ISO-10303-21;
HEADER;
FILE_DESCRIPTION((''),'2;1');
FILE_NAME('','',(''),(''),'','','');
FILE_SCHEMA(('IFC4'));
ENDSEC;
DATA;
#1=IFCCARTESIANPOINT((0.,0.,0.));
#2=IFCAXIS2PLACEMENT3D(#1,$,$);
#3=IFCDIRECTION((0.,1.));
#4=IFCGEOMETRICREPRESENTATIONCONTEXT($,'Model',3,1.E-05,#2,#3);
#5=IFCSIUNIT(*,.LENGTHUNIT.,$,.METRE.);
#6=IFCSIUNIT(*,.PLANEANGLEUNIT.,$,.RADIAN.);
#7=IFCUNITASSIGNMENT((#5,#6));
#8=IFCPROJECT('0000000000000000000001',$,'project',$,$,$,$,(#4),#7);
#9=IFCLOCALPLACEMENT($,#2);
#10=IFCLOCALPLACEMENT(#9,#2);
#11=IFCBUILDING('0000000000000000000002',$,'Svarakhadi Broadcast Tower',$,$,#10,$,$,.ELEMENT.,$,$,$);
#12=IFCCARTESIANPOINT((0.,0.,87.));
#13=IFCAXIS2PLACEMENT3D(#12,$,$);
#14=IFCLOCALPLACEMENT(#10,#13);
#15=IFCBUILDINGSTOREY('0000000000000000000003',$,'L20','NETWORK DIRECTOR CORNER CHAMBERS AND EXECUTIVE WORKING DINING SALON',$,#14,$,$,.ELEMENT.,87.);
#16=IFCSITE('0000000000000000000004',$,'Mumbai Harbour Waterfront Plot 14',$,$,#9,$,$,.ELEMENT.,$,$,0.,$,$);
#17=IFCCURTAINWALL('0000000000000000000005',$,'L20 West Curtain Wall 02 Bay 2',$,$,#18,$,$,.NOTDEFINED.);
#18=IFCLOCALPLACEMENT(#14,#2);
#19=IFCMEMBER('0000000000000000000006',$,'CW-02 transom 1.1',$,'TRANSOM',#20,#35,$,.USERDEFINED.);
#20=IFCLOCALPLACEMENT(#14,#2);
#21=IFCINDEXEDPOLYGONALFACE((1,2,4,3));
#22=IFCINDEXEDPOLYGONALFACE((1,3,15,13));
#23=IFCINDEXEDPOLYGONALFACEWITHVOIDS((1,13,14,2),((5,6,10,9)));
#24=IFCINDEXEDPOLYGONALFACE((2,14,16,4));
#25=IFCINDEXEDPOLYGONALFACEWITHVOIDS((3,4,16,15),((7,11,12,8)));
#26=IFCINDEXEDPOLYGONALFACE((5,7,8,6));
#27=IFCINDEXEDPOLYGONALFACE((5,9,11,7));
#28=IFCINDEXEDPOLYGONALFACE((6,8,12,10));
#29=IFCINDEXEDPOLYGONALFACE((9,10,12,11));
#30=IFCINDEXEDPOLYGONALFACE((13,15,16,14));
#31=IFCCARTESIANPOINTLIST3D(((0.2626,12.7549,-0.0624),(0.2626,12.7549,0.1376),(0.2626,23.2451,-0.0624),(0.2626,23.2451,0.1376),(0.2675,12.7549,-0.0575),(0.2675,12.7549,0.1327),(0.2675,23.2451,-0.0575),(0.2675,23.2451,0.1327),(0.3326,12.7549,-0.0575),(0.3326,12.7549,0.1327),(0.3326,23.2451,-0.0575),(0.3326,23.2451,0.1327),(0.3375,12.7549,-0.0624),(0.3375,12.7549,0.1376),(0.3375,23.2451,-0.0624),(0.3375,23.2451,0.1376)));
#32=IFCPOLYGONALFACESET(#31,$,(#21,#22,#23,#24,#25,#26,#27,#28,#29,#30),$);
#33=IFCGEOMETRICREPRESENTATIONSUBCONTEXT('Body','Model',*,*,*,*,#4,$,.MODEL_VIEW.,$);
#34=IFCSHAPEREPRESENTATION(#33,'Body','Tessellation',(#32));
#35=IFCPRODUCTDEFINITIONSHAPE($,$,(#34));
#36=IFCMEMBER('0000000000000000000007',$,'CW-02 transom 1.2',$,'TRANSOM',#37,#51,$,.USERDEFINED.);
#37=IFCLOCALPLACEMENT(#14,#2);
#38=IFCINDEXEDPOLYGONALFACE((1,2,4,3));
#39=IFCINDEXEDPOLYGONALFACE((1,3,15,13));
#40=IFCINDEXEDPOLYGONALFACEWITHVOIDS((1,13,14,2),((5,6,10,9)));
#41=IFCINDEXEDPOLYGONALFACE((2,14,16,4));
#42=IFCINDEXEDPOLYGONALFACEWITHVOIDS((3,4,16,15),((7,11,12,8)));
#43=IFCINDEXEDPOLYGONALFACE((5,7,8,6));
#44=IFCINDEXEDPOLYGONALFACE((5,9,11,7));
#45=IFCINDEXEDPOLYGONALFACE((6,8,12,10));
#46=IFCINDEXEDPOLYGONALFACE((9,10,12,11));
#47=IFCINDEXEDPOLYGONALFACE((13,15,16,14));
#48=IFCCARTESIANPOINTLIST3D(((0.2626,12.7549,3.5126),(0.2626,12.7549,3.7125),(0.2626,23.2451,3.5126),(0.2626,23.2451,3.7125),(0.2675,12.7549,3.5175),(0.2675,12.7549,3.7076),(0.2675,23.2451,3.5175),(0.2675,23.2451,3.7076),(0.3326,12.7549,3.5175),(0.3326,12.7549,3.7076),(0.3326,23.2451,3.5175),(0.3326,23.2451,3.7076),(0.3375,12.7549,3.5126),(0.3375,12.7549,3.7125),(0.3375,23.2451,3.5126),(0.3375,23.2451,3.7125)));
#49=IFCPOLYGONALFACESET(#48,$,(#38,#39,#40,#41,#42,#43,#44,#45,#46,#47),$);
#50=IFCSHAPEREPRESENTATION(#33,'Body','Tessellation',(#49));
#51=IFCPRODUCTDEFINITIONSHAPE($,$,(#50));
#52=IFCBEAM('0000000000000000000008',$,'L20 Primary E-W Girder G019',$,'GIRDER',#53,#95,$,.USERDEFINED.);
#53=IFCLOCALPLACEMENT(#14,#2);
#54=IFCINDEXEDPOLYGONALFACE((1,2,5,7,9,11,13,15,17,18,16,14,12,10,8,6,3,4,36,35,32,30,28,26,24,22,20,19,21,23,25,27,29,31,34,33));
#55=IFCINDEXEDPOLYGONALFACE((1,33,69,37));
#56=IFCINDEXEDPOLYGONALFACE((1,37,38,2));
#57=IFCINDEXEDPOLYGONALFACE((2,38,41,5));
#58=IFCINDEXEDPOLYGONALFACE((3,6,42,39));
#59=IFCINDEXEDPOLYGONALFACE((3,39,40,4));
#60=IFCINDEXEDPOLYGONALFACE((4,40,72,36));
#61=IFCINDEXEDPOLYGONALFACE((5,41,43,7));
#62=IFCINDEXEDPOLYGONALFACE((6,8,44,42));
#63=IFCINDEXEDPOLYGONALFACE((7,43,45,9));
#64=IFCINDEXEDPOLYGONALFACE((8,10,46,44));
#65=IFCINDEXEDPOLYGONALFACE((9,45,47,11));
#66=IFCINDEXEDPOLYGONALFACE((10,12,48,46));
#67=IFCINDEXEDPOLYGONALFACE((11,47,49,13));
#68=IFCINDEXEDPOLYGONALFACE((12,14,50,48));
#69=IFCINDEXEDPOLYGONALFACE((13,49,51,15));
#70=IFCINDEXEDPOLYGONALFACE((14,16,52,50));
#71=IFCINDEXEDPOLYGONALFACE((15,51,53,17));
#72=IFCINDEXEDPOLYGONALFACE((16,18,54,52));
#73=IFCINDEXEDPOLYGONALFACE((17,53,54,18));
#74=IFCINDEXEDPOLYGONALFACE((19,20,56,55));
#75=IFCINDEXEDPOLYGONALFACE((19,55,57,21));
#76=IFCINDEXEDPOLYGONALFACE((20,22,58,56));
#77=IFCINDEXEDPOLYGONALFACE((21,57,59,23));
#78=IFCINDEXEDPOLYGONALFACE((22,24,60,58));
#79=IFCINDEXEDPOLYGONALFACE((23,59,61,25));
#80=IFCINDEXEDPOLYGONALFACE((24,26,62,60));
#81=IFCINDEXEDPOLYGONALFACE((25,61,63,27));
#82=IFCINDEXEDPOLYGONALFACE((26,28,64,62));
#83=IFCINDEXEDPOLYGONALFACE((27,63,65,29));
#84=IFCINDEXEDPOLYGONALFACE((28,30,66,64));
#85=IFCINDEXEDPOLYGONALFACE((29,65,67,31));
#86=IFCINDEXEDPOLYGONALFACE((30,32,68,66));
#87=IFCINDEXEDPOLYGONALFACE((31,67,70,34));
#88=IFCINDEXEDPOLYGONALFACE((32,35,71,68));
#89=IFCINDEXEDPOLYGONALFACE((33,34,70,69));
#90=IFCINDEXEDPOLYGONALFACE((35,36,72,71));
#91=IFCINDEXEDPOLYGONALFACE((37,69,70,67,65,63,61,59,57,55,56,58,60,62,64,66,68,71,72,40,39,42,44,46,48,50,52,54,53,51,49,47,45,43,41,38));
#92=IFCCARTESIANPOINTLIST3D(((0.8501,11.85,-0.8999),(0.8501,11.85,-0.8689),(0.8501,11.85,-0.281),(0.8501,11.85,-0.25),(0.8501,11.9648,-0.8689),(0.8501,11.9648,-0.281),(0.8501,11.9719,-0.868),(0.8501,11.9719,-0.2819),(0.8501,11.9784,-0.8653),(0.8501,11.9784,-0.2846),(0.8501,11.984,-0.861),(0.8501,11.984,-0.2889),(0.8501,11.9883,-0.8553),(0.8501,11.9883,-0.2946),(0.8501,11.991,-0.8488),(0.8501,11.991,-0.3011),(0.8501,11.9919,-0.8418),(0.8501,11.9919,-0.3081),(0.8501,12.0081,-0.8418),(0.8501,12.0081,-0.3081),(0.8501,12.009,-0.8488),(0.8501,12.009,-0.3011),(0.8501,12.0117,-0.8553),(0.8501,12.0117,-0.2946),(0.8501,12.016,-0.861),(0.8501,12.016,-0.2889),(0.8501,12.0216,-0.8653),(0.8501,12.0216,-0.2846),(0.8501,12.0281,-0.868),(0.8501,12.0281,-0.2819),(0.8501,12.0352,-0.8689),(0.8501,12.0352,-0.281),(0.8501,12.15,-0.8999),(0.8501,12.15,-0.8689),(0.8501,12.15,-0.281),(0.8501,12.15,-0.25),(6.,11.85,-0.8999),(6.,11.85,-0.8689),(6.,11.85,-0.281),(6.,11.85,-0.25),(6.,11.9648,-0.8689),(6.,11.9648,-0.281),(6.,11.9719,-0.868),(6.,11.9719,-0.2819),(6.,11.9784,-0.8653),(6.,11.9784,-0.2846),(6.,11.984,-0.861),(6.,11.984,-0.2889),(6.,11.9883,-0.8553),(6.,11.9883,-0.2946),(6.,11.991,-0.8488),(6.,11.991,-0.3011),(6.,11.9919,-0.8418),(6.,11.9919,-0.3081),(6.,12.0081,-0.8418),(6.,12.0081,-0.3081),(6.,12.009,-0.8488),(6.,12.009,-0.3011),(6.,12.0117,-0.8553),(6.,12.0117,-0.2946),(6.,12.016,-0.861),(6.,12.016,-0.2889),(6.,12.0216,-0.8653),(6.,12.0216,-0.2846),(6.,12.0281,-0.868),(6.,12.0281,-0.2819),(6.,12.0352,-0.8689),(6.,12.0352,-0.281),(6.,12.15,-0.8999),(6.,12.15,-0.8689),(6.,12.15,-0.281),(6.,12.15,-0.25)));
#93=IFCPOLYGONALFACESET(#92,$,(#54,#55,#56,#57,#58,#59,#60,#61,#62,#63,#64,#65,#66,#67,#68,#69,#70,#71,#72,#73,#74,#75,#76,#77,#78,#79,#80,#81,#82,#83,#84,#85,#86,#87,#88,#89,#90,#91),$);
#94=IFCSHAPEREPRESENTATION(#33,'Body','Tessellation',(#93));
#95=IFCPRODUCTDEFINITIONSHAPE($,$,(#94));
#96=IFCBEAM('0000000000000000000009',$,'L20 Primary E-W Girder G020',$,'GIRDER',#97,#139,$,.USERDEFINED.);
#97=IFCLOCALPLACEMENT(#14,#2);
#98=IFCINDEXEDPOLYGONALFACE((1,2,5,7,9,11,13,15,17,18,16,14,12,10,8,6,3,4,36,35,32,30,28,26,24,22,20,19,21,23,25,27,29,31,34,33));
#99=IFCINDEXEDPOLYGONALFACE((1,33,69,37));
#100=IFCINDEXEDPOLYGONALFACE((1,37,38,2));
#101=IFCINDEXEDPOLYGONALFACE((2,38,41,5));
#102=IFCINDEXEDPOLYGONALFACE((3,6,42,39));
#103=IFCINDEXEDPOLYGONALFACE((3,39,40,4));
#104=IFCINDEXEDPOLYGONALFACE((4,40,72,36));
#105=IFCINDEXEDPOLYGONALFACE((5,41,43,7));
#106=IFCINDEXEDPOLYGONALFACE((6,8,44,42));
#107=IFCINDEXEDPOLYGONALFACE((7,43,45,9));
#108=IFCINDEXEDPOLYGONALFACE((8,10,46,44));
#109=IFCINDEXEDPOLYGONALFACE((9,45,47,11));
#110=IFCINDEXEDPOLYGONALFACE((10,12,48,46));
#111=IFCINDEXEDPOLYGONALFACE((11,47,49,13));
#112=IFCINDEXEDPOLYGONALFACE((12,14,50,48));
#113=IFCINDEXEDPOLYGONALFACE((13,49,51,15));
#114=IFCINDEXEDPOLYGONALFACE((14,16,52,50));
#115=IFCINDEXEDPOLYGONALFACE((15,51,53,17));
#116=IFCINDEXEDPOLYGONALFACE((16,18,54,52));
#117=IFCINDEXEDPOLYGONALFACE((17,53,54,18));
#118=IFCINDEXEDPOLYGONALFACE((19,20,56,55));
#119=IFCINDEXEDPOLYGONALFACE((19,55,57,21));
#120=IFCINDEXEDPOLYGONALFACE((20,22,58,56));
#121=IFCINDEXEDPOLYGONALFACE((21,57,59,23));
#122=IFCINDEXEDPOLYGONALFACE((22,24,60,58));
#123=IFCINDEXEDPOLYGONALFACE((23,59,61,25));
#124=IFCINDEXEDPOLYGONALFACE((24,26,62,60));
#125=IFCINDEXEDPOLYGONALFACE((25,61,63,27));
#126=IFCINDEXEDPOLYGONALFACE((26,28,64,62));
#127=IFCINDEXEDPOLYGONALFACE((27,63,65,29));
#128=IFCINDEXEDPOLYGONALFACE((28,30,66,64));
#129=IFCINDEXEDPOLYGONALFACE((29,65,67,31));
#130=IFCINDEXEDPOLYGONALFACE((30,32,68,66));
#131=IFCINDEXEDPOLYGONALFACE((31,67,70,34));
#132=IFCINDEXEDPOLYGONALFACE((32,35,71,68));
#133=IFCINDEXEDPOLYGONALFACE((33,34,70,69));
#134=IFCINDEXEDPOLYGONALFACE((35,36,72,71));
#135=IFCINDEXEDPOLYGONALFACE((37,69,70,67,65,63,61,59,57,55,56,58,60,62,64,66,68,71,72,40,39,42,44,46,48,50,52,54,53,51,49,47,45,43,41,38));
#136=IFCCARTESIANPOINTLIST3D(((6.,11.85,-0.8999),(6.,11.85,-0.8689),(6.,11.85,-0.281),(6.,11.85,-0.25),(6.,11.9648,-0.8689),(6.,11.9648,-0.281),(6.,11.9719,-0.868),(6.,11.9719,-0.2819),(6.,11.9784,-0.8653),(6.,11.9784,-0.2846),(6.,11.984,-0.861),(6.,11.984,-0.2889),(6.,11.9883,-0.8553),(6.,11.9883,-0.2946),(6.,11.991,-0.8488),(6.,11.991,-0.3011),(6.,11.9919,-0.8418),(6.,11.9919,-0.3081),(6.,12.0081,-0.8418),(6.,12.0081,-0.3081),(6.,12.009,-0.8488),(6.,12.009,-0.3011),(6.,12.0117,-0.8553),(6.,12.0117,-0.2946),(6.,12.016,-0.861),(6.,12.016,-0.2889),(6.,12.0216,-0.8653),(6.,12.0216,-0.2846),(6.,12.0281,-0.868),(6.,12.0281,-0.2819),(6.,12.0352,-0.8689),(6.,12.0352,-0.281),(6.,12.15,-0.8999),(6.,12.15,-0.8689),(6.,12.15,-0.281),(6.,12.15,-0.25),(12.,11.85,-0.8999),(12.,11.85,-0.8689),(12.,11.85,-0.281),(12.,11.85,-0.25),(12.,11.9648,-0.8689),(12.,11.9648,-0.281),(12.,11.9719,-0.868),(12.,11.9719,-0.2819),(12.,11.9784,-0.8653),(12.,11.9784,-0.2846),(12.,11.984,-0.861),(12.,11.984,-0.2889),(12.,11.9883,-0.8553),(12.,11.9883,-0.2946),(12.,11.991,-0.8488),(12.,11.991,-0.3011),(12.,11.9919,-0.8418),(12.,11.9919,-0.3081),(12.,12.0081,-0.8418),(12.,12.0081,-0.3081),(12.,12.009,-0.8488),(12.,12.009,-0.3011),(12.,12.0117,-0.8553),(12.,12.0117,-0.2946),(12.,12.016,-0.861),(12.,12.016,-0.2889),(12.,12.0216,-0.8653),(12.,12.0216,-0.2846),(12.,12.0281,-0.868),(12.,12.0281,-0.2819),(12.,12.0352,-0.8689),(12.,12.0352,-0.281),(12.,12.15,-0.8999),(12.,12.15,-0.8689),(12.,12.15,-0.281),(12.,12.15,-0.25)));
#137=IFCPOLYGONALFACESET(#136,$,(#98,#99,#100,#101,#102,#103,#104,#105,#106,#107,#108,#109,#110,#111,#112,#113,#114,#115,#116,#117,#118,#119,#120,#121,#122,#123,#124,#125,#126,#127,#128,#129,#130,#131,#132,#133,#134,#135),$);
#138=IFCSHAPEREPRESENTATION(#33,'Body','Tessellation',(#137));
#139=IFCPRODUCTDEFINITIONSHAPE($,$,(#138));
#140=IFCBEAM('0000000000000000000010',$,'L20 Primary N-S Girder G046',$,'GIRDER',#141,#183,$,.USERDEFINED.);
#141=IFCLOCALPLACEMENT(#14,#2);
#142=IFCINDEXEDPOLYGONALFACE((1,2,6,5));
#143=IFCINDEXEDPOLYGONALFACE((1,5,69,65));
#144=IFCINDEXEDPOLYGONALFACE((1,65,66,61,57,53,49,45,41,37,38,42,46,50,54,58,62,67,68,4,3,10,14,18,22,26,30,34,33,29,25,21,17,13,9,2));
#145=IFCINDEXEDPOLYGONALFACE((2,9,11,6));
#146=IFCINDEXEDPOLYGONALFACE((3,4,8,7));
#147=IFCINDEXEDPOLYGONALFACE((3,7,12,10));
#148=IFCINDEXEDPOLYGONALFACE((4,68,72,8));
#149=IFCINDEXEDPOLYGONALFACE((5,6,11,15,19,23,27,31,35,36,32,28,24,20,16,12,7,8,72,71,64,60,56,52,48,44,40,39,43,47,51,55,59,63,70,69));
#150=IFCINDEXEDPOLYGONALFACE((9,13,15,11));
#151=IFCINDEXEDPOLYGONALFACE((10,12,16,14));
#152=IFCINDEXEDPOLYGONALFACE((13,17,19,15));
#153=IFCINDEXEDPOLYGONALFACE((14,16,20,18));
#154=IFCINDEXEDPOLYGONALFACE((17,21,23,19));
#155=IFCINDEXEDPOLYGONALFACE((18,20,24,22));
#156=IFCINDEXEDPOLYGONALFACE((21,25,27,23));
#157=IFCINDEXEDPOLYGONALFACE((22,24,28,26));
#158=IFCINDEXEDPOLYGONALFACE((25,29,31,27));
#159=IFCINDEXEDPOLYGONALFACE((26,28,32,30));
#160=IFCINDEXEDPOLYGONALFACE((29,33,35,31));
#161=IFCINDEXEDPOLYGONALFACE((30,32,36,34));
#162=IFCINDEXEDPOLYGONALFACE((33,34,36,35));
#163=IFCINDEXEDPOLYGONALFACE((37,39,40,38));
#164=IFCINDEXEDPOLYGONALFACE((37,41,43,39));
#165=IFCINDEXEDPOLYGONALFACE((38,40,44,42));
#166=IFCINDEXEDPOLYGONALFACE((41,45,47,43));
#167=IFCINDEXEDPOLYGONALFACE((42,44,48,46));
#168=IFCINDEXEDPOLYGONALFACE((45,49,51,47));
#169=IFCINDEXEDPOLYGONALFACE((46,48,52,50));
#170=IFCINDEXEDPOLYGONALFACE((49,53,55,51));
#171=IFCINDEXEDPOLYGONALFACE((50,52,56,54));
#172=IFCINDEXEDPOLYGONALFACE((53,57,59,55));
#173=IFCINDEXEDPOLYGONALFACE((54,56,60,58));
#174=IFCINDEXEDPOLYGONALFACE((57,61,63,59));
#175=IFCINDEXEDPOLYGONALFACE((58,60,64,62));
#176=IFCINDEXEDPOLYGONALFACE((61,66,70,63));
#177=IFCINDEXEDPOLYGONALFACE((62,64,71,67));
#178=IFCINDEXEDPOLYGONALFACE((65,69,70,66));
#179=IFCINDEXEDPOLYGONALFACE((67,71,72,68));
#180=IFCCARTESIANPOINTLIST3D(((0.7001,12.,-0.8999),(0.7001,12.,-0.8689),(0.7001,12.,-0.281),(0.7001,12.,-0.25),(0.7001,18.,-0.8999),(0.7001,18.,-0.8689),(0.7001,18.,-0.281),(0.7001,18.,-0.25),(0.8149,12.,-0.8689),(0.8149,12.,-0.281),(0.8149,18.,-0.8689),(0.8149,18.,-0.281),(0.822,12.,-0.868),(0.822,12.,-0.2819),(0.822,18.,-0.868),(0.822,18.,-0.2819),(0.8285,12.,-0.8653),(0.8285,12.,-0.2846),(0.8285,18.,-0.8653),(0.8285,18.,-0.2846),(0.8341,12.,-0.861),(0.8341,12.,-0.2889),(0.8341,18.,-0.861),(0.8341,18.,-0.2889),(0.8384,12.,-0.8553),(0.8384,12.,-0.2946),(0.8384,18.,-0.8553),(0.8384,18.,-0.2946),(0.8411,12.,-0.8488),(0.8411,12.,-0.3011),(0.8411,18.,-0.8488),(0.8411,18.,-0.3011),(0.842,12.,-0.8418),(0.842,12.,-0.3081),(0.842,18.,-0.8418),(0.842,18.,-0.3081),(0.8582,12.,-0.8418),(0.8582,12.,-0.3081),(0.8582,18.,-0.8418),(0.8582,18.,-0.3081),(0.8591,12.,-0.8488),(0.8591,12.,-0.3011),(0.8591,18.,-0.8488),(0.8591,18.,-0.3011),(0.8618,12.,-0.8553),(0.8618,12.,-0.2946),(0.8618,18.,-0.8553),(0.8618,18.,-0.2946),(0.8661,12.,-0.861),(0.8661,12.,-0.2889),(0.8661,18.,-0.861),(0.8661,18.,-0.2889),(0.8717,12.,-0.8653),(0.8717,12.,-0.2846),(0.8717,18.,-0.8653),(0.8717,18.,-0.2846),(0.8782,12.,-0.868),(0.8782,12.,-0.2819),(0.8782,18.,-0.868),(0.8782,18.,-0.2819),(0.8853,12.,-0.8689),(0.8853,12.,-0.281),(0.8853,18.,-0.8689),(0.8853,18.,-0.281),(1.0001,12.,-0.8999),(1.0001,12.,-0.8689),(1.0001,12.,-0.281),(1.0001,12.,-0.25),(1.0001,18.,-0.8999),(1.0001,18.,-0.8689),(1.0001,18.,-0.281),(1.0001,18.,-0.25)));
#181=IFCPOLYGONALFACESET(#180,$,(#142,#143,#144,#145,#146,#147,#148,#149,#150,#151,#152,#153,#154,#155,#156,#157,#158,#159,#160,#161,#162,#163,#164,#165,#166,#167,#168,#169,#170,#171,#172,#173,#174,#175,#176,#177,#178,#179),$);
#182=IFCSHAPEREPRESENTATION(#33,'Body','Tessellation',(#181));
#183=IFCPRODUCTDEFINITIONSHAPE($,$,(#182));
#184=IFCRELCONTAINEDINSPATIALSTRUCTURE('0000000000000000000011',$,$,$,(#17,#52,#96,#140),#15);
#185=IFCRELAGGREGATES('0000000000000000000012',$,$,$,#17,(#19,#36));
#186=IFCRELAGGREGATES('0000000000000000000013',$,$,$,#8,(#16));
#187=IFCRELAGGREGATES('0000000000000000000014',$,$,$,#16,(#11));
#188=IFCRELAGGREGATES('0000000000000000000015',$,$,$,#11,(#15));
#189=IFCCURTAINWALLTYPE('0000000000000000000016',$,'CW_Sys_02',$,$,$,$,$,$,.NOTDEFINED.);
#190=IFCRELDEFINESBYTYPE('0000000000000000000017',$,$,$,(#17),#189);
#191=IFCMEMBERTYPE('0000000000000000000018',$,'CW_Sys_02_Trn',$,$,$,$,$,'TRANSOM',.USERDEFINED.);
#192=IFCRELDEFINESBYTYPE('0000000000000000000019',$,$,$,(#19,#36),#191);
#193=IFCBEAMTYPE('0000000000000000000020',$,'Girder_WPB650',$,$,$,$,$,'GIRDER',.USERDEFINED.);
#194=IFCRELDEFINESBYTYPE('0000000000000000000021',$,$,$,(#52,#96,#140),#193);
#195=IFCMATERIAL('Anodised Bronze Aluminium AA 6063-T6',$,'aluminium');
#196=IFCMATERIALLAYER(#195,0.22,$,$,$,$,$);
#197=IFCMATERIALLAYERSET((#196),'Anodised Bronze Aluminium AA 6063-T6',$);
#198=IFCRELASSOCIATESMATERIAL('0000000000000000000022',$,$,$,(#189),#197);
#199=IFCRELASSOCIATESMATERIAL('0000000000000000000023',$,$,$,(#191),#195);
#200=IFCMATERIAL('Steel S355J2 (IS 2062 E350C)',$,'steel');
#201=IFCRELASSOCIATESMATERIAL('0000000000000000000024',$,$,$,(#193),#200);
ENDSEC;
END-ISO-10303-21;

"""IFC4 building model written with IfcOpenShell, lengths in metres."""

from ifc_helpers import new_model, si_unit, direction, frame, origin, origin_2d, place, context, subcontext, project, spatial, hollow_rectangle, i_section, extrude, material, layer, layer_set, material_profile, profile_set, type_object, element, aggregate, save


model = new_model("IFC4")

# Units and contexts
model_context = context("Model", 3, precision=1e-05, world=origin(), true_north=direction((0.0, 1.0)))
body_context = subcontext(model_context, "Body", "Model", "MODEL_VIEW")
ifc_project = project(units=[si_unit("LENGTHUNIT", "METRE"), si_unit("PLANEANGLEUNIT", "RADIAN")], contexts=[model_context])

# Site, building, storey
site_placement = place(None, origin())
site = spatial("IfcSite", under=ifc_project, at=site_placement, Name="Mumbai Harbour Waterfront Plot 14", CompositionType="ELEMENT", RefElevation=0.0)
building_placement = place(site_placement, origin())
building = spatial("IfcBuilding", under=site, at=building_placement, Name="Svarakhadi Broadcast Tower", CompositionType="ELEMENT")
storey_placement = place(building_placement, frame((0.0, 0.0, 87.0)))
storey = spatial("IfcBuildingStorey", under=building, at=storey_placement, Name="L20", Description="NETWORK DIRECTOR CORNER CHAMBERS AND EXECUTIVE WORKING DINING SALON", CompositionType="ELEMENT", Elevation=87.0)

# Shared definitions
ifc_material_1 = material(Name="Steel S355J2 (IS 2062 E350C)", Category="steel")

# Shared definitions
ifc_material_2 = material(Name="Anodised Bronze Aluminium AA 6063-T6", Category="aluminium")
ifc_layer_1 = layer(ifc_material_2, 0.22)
ifc_layer_set_1 = layer_set([ifc_layer_1], Name="Anodised Bronze Aluminium AA 6063-T6")
curtain_wall_type = type_object("IfcCurtainWallType", Name="CW_Sys_02", PredefinedType="NOTDEFINED", material=ifc_layer_set_1)

# Curtain wall, members
curtain_wall_1_placement = place(storey_placement, origin())
curtain_wall_1 = element("IfcCurtainWall", 1, at=curtain_wall_1_placement, inside=storey, type_object=curtain_wall_type, Name="L20 West Curtain Wall 02 Bay 2", PredefinedType="NOTDEFINED")
ifc_material_profile_1 = material_profile(ifc_material_2, hollow_rectangle(XDim=0.075, YDim=0.2, WallThickness=0.0049, at=origin_2d()), Name="ALU TRANSOM 200x75x5")
ifc_profile_set_1 = profile_set([ifc_material_profile_1], Name="Anodised Bronze Aluminium AA 6063-T6")
member_type_1 = type_object("IfcMemberType", Name="CW_Sys_02_Trn", ElementType="TRANSOM", PredefinedType="USERDEFINED", material=ifc_profile_set_1)
member_1_placement = place(storey_placement, frame((0.3, 12.7549, 0.0376), z_axis=(0.0, 1.0, 0.0), x_axis=(-1.0, 0.0, 0.0)))
member_1 = element("IfcMember", 2, at=member_1_placement, type_object=member_type_1, Name="CW-02 transom 1.1", ObjectType="TRANSOM", PredefinedType="USERDEFINED", context=body_context, shape_type="SweptSolid", body=[
    extrude(hollow_rectangle(XDim=0.075, YDim=0.2, WallThickness=0.0049, at=origin_2d()), origin(), (0.0, 0.0, 1.0), 10.4902),
])
member_2_placement = place(storey_placement, frame((0.3, 12.7549, 3.6125), z_axis=(0.0, 1.0, 0.0), x_axis=(-1.0, 0.0, 0.0)))
member_2 = element("IfcMember", 3, at=member_2_placement, type_object=member_type_1, Name="CW-02 transom 1.2", ObjectType="TRANSOM", PredefinedType="USERDEFINED", context=body_context, shape_type="SweptSolid", body=[
    extrude(hollow_rectangle(XDim=0.075, YDim=0.2, WallThickness=0.0049, at=origin_2d()), origin(), (0.0, 0.0, 1.0), 10.4902),
])
aggregate(curtain_wall_1, [member_1, member_2])

# Beams
ifc_material_profile_2 = material_profile(ifc_material_1, i_section(OverallWidth=0.3, OverallDepth=0.6499, WebThickness=0.0161, FlangeThickness=0.031, FilletRadius=0.0271, at=origin_2d()), Name="WPB 650x300x225")
ifc_profile_set_2 = profile_set([ifc_material_profile_2], Name="Steel S355J2 (IS 2062 E350C)")
beam_type_1 = type_object("IfcBeamType", Name="Girder_WPB650", ElementType="GIRDER", PredefinedType="USERDEFINED", material=ifc_profile_set_2)
beam_placement = place(storey_placement, frame((0.8501, 12.0, -0.575), z_axis=(1.0, 0.0, 0.0), x_axis=(0.0, 1.0, 0.0)))
element("IfcBeam", 4, at=beam_placement, inside=storey, type_object=beam_type_1, Name="L20 Primary E-W Girder G019", ObjectType="GIRDER", PredefinedType="USERDEFINED", context=body_context, shape_type="SweptSolid", body=[
    extrude(i_section(OverallWidth=0.3, OverallDepth=0.6499, WebThickness=0.0161, FlangeThickness=0.031, FilletRadius=0.0271, at=origin_2d()), origin(), (0.0, 0.0, 1.0), 5.1499),
])
for number, where, z_axis, x_axis, name in (
    (5, (6.0, 12.0, -0.575), (1.0, 0.0, 0.0), (0.0, 1.0, 0.0), "L20 Primary E-W Girder G020"),
    (6, (0.8501, 12.0, -0.575), (0.0, 1.0, 0.0), (-1.0, 0.0, 0.0), "L20 Primary N-S Girder G046"),
):
    element("IfcBeam", number, at=place(storey_placement, frame(where, z_axis=z_axis, x_axis=x_axis)), inside=storey, type_object=beam_type_1, Name=name, ObjectType="GIRDER", PredefinedType="USERDEFINED", context=body_context, shape_type="SweptSolid", body=[
        extrude(i_section(OverallWidth=0.3, OverallDepth=0.6499, WebThickness=0.0161, FlangeThickness=0.031, FilletRadius=0.0271, at=origin_2d()), origin(), (0.0, 0.0, 1.0), 6.0),
    ])

save(model, "model.ifc")
